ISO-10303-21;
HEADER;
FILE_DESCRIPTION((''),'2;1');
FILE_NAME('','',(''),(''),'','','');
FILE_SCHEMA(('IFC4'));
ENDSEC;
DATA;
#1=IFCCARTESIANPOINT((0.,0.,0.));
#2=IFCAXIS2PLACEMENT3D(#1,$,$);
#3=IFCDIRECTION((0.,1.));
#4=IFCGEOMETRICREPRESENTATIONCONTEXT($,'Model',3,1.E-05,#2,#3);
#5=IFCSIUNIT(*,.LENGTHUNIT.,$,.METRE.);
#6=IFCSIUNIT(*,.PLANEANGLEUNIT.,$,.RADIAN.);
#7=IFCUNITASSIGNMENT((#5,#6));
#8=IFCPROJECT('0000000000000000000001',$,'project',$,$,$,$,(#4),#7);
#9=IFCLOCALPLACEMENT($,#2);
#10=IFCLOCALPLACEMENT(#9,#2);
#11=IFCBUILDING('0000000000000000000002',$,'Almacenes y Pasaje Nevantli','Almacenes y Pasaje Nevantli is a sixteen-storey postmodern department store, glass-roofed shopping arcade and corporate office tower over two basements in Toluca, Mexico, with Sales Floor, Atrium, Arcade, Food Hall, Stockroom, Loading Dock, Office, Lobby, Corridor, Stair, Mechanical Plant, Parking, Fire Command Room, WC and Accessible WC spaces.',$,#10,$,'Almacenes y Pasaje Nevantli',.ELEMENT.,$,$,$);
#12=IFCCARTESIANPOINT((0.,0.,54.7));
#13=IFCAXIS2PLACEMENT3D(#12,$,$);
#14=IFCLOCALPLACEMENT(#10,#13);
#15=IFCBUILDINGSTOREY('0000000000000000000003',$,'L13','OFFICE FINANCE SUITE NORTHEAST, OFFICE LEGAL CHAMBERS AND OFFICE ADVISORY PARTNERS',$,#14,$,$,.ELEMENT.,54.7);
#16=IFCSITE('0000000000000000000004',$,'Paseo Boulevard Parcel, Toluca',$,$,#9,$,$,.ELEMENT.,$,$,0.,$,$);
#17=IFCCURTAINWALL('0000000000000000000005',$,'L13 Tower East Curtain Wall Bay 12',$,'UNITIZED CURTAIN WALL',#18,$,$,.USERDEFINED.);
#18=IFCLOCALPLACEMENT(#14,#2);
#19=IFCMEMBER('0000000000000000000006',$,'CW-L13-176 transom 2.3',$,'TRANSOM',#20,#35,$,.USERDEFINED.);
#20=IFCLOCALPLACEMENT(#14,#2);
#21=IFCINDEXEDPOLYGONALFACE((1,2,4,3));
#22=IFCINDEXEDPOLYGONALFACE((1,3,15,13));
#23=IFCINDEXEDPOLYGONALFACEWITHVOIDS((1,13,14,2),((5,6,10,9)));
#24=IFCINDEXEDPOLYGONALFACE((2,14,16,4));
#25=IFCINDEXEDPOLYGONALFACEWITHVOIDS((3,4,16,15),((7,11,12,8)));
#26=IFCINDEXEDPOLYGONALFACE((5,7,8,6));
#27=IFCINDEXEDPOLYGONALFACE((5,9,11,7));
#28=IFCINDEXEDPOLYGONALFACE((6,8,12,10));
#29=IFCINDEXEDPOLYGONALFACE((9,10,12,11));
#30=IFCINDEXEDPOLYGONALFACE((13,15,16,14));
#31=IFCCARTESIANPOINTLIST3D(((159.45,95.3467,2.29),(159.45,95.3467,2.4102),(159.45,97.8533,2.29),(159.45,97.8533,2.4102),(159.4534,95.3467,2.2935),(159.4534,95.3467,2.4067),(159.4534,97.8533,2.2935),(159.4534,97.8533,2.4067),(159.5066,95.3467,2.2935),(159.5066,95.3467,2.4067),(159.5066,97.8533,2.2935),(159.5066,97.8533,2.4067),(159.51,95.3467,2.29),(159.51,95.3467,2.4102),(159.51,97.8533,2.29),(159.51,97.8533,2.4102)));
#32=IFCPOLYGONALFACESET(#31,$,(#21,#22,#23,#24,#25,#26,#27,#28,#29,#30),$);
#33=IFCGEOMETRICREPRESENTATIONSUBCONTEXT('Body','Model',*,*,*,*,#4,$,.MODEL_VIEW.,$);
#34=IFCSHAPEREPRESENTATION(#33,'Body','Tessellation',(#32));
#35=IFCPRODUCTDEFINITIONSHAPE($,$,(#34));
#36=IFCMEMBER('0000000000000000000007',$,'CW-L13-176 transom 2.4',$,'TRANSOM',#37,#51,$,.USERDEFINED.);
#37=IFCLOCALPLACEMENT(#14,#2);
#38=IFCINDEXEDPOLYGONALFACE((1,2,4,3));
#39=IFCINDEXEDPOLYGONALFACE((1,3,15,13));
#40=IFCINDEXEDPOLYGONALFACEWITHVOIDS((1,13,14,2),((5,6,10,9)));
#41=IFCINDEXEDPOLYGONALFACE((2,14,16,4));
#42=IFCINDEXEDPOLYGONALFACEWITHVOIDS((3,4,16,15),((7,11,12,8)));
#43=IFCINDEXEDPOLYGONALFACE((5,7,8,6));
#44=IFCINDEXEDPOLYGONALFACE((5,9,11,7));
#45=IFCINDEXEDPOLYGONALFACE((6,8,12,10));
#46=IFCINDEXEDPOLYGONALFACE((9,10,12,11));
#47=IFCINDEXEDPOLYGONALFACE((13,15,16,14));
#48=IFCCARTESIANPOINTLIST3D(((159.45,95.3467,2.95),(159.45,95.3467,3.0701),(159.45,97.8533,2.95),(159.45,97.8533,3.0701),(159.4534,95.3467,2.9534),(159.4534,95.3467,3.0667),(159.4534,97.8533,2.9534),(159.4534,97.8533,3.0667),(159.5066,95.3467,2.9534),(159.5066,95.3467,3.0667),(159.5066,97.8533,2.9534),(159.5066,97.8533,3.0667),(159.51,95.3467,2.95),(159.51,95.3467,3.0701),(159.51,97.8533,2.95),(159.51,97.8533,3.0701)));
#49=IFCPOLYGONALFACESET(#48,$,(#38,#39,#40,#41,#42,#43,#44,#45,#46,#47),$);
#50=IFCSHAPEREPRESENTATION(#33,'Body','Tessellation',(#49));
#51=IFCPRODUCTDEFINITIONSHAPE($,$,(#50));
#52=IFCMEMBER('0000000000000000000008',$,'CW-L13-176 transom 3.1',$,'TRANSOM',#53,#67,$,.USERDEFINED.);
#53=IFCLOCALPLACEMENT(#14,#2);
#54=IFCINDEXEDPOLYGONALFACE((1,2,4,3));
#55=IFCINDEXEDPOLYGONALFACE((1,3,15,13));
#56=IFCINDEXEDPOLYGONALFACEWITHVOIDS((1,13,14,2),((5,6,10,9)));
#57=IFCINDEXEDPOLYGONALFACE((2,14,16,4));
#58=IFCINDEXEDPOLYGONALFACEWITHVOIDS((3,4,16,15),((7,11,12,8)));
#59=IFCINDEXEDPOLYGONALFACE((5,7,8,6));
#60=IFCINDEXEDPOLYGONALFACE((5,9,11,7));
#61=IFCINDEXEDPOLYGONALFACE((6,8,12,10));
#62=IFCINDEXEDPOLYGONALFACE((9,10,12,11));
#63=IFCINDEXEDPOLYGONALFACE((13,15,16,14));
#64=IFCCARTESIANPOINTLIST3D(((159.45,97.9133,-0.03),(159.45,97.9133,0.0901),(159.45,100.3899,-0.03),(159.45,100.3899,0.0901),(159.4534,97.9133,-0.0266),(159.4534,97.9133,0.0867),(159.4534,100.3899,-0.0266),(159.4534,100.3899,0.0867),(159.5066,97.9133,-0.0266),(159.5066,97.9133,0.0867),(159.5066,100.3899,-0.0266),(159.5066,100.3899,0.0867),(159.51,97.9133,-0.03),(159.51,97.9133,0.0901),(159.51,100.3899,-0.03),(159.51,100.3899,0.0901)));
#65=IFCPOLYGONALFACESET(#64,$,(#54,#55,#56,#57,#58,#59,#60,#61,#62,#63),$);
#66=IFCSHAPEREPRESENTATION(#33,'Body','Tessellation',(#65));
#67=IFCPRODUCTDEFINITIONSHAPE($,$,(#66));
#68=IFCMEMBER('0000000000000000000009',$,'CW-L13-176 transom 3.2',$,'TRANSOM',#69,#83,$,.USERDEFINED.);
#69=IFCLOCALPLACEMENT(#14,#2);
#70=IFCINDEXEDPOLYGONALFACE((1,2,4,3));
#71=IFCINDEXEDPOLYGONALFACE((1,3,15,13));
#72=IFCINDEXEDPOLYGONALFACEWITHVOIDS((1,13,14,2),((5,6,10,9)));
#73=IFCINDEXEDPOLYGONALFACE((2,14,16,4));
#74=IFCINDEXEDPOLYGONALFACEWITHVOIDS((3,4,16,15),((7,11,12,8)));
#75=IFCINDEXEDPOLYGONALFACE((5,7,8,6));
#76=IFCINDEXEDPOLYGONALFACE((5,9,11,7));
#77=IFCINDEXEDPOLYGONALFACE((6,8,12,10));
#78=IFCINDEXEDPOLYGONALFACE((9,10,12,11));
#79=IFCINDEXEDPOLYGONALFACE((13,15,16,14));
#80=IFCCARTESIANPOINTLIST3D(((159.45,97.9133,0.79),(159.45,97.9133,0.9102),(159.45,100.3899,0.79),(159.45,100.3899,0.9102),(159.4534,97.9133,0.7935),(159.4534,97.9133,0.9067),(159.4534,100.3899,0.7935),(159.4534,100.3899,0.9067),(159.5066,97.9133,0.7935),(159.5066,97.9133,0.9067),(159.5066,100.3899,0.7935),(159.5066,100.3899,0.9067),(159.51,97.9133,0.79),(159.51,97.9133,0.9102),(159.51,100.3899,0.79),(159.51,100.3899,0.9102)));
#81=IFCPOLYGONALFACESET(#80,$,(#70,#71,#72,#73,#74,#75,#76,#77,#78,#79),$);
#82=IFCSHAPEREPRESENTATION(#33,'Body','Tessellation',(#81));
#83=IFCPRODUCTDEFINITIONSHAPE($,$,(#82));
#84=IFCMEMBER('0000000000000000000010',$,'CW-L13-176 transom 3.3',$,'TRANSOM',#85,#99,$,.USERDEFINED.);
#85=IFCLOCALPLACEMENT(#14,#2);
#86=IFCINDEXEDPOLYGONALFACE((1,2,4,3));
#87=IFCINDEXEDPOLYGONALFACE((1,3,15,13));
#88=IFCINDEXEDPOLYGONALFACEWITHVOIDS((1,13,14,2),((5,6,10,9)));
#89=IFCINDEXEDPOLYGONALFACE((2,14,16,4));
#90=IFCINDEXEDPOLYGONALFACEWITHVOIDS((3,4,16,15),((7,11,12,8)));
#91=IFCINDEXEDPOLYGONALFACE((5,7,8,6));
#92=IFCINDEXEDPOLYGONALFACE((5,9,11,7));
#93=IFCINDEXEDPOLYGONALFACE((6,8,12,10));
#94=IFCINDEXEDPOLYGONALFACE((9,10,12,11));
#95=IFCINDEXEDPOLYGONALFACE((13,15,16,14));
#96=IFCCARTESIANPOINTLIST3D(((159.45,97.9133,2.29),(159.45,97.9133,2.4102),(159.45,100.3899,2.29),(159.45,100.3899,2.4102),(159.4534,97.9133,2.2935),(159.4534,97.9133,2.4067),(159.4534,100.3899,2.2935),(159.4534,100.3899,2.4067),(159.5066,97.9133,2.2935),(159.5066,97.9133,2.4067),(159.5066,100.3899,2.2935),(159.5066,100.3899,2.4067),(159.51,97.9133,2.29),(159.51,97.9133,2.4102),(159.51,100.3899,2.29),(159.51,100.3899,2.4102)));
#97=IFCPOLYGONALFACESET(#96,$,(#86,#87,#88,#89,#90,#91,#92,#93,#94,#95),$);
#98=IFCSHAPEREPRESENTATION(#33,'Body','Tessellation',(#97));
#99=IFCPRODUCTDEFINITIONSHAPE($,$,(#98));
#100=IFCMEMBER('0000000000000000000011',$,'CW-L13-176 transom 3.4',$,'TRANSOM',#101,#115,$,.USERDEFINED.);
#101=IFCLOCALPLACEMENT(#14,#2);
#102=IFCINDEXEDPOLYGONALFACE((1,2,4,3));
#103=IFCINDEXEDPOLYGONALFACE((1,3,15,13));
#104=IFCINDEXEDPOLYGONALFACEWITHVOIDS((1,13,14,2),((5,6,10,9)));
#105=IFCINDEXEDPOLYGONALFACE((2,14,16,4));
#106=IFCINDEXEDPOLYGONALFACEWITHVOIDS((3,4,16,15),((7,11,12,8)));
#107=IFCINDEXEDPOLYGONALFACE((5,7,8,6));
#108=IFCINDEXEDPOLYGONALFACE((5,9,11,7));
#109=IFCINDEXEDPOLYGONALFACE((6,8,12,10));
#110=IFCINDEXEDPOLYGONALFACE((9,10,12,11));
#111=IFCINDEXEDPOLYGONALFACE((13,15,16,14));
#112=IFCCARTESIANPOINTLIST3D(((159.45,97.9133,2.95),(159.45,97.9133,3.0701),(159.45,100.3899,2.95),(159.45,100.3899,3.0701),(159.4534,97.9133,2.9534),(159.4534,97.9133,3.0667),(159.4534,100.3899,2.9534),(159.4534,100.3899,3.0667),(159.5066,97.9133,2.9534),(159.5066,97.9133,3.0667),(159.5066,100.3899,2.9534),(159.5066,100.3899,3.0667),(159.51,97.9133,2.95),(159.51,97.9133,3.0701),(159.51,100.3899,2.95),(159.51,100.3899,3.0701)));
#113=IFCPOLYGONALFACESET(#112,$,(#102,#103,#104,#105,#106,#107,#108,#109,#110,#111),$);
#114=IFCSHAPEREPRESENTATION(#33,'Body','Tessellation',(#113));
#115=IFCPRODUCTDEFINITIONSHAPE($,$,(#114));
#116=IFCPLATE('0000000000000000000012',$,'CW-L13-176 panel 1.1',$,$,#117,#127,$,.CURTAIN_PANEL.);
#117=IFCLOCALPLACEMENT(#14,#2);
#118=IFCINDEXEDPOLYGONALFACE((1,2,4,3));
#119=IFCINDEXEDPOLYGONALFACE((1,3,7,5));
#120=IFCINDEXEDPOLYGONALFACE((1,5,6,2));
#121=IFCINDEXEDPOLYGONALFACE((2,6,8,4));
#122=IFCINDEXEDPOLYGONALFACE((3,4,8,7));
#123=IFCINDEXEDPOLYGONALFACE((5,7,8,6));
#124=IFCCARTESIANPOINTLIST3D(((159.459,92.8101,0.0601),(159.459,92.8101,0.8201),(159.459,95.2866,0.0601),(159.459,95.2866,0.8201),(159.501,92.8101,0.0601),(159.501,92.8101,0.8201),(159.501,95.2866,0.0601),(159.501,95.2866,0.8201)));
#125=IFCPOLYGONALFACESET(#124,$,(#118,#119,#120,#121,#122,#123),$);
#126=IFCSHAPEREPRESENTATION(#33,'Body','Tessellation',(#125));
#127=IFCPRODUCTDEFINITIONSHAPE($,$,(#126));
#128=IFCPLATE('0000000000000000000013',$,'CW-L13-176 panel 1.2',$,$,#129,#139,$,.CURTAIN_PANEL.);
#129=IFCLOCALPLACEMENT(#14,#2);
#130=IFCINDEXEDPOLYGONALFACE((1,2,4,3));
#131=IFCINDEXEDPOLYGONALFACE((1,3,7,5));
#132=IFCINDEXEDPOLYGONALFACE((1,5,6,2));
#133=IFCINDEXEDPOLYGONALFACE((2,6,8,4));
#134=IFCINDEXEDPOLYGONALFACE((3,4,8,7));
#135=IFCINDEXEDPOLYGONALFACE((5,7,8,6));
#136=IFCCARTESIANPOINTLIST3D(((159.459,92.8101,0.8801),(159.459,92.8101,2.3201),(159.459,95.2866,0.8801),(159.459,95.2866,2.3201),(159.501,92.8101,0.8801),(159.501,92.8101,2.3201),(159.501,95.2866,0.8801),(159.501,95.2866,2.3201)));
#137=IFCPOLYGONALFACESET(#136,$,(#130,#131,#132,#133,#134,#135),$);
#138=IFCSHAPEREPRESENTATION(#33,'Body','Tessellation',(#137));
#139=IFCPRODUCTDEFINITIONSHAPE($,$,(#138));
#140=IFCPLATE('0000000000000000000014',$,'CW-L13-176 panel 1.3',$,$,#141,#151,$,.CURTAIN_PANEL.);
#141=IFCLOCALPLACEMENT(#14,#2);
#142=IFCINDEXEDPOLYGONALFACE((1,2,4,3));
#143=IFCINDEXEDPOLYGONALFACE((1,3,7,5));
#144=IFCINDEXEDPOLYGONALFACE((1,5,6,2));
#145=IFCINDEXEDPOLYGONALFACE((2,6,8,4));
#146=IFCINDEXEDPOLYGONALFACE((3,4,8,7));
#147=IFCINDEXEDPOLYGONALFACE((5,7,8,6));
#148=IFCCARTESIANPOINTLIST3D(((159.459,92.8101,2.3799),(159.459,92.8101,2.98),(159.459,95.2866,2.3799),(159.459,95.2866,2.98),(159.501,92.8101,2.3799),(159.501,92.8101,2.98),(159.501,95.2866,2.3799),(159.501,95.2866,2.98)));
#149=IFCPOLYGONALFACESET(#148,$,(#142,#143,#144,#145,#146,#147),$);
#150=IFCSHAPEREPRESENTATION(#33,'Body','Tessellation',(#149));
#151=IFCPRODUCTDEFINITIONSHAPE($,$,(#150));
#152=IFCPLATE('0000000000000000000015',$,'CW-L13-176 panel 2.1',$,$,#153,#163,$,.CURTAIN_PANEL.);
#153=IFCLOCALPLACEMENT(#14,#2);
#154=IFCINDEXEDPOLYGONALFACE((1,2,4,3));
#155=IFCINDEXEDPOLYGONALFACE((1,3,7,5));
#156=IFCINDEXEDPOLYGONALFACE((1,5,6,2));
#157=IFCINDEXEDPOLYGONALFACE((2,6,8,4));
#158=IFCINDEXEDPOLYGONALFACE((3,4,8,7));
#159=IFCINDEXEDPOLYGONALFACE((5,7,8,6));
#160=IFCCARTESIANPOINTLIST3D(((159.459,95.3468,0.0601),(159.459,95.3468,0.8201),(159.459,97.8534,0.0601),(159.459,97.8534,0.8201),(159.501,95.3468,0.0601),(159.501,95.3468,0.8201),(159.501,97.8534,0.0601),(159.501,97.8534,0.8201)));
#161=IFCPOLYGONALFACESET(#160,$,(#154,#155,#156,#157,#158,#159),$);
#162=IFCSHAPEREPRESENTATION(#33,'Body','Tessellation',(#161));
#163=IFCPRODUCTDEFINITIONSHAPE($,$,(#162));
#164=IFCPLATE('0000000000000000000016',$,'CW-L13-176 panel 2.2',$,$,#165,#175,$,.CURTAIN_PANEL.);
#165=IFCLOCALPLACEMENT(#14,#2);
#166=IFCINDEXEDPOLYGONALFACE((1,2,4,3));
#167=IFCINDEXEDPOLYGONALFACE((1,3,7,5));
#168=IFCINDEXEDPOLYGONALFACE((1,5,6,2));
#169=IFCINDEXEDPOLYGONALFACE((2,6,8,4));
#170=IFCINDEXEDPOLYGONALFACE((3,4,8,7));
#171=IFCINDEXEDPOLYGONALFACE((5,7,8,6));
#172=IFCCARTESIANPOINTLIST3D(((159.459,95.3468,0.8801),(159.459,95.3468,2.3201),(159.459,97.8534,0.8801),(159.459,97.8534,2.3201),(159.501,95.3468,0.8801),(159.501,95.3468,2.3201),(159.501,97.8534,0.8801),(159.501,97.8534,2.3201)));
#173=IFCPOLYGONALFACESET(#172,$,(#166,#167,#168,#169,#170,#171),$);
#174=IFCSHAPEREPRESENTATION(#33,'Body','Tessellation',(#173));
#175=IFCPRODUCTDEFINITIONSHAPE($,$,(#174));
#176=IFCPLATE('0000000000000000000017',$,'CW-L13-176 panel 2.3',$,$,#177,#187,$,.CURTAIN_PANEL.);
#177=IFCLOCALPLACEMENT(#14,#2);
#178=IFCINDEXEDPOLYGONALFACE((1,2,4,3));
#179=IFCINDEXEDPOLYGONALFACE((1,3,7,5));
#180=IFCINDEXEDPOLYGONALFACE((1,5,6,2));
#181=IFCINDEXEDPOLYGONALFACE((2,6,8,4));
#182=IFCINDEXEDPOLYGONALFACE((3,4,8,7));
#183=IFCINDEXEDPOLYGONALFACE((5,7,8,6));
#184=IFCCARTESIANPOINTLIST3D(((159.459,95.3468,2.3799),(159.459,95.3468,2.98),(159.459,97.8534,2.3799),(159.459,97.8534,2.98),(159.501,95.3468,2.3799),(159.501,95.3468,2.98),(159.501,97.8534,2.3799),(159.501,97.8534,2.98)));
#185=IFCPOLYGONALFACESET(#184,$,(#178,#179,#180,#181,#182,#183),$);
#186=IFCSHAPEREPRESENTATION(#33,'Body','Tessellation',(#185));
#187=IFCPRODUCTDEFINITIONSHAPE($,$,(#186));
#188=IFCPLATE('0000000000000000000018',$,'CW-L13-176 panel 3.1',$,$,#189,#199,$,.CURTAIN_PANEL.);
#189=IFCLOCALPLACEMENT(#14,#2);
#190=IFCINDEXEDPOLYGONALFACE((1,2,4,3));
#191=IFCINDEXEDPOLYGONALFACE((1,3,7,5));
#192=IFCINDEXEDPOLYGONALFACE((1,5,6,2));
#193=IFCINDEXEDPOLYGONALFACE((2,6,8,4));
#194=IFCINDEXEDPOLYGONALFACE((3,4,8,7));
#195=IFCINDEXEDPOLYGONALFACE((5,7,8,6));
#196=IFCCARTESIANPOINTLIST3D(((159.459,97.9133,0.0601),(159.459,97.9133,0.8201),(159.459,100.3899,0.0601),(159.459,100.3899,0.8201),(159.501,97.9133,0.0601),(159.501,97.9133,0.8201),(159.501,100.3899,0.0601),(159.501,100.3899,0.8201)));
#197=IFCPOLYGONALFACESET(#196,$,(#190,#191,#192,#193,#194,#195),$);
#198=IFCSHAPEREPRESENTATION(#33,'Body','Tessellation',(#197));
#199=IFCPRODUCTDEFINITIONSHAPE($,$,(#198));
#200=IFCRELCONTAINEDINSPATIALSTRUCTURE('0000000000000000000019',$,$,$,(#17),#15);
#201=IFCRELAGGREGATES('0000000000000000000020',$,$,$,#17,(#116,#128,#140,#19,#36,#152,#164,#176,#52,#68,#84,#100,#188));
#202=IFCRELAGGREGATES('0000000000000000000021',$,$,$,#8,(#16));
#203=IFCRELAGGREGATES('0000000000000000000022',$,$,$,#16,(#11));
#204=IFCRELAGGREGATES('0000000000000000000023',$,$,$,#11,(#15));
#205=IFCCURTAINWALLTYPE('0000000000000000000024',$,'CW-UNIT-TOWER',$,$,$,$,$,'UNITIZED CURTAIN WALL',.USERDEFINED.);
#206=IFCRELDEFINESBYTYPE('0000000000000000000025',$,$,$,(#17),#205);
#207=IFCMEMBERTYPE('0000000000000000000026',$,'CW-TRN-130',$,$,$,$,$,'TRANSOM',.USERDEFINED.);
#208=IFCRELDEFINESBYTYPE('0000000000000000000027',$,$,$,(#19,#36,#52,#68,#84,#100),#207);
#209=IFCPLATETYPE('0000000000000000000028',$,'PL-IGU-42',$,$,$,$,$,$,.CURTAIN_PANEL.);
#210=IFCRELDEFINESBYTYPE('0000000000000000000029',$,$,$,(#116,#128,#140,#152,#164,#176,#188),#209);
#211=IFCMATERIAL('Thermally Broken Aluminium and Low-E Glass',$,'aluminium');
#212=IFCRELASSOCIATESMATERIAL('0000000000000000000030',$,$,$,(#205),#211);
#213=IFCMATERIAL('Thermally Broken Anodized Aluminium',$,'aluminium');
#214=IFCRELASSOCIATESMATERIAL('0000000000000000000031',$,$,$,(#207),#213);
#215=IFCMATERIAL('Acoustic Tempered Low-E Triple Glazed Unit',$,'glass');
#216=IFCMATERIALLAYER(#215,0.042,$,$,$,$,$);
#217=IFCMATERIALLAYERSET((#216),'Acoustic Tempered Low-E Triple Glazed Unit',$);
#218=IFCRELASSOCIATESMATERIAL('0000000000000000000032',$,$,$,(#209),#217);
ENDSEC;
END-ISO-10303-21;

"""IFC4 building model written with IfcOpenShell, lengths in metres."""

from ifc_helpers import new_model, si_unit, direction, frame, origin, origin_2d, place, context, subcontext, project, spatial, rectangle, hollow_rectangle, extrude, material, layer, layer_set, material_profile, profile_set, type_object, element, aggregate, save


model = new_model("IFC4")

# Units and contexts
model_context = context("Model", 3, precision=1e-05, world=origin(), true_north=direction((0.0, 1.0)))
body_context = subcontext(model_context, "Body", "Model", "MODEL_VIEW")
ifc_project = project(units=[si_unit("LENGTHUNIT", "METRE"), si_unit("PLANEANGLEUNIT", "RADIAN")], contexts=[model_context])

# Site, building, storey
site_placement = place(None, origin())
site = spatial("IfcSite", under=ifc_project, at=site_placement, Name="Paseo Boulevard Parcel, Toluca", CompositionType="ELEMENT", RefElevation=0.0)
building_placement = place(site_placement, origin())
building = spatial("IfcBuilding", under=site, at=building_placement, Name="Almacenes y Pasaje Nevantli", Description="Almacenes y Pasaje Nevantli is a sixteen-storey postmodern department store, glass-roofed shopping arcade and corporate office tower over two basements in Toluca, Mexico, with Sales Floor, Atrium, Arcade, Food Hall, Stockroom, Loading Dock, Office, Lobby, Corridor, Stair, Mechanical Plant, Parking, Fire Command Room, WC and Accessible WC spaces.", LongName="Almacenes y Pasaje Nevantli", CompositionType="ELEMENT")
storey_placement = place(building_placement, frame((0.0, 0.0, 54.7)))
storey = spatial("IfcBuildingStorey", under=building, at=storey_placement, Name="L13", Description="OFFICE FINANCE SUITE NORTHEAST, OFFICE LEGAL CHAMBERS AND OFFICE ADVISORY PARTNERS", CompositionType="ELEMENT", Elevation=54.7)

# Curtain wall, members, plates
ifc_material_1 = material(Name="Thermally Broken Aluminium and Low-E Glass", Category="aluminium")
curtain_wall_type = type_object("IfcCurtainWallType", Name="CW-UNIT-TOWER", ElementType="UNITIZED CURTAIN WALL", PredefinedType="USERDEFINED", material=ifc_material_1)
curtain_wall_placement = place(storey_placement, origin())
curtain_wall = element("IfcCurtainWall", 1, at=curtain_wall_placement, inside=storey, type_object=curtain_wall_type, Name="L13 Tower East Curtain Wall Bay 12", ObjectType="UNITIZED CURTAIN WALL", PredefinedType="USERDEFINED")
ifc_material_2 = material(Name="Thermally Broken Anodized Aluminium", Category="aluminium")
ifc_material_profile_1 = material_profile(ifc_material_2, hollow_rectangle(XDim=0.0601, YDim=0.1201, WallThickness=0.0034, at=origin_2d()), Name="ALU-TRN-60x120")
ifc_profile_set_1 = profile_set([ifc_material_profile_1], Name="Thermally Broken Anodized Aluminium")
member_type_1 = type_object("IfcMemberType", Name="CW-TRN-130", ElementType="TRANSOM", PredefinedType="USERDEFINED", material=ifc_profile_set_1)
member_1_placement = place(storey_placement, frame((159.48, 95.3467, 2.3501), z_axis=(0.0, 1.0, 0.0), x_axis=(-1.0, 0.0, 0.0)))
member_1 = element("IfcMember", 2, at=member_1_placement, type_object=member_type_1, Name="CW-L13-176 transom 2.3", ObjectType="TRANSOM", PredefinedType="USERDEFINED", context=body_context, shape_type="SweptSolid", body=[
    extrude(hollow_rectangle(XDim=0.0601, YDim=0.1201, WallThickness=0.0034, at=origin_2d()), origin(), (0.0, 0.0, 1.0), 2.5066),
])
member_2_placement = place(storey_placement, frame((159.48, 95.3467, 3.01), z_axis=(0.0, 1.0, 0.0), x_axis=(-1.0, 0.0, 0.0)))
member_2 = element("IfcMember", 3, at=member_2_placement, type_object=member_type_1, Name="CW-L13-176 transom 2.4", ObjectType="TRANSOM", PredefinedType="USERDEFINED", context=body_context, shape_type="SweptSolid", body=[
    extrude(hollow_rectangle(XDim=0.0601, YDim=0.1201, WallThickness=0.0034, at=origin_2d()), origin(), (0.0, 0.0, 1.0), 2.5066),
])
member_3_placement = place(storey_placement, frame((159.48, 97.9133, 0.03), z_axis=(0.0, 1.0, 0.0), x_axis=(-1.0, 0.0, 0.0)))
member_3 = element("IfcMember", 4, at=member_3_placement, type_object=member_type_1, Name="CW-L13-176 transom 3.1", ObjectType="TRANSOM", PredefinedType="USERDEFINED", context=body_context, shape_type="SweptSolid", body=[
    extrude(hollow_rectangle(XDim=0.0601, YDim=0.1201, WallThickness=0.0034, at=origin_2d()), origin(), (0.0, 0.0, 1.0), 2.4766),
])
member_4_placement = place(storey_placement, frame((159.48, 97.9133, 0.8501), z_axis=(0.0, 1.0, 0.0), x_axis=(-1.0, 0.0, 0.0)))
member_4 = element("IfcMember", 5, at=member_4_placement, type_object=member_type_1, Name="CW-L13-176 transom 3.2", ObjectType="TRANSOM", PredefinedType="USERDEFINED", context=body_context, shape_type="SweptSolid", body=[
    extrude(hollow_rectangle(XDim=0.0601, YDim=0.1201, WallThickness=0.0034, at=origin_2d()), origin(), (0.0, 0.0, 1.0), 2.4766),
])
member_5_placement = place(storey_placement, frame((159.48, 97.9133, 2.3501), z_axis=(0.0, 1.0, 0.0), x_axis=(-1.0, 0.0, 0.0)))
member_5 = element("IfcMember", 6, at=member_5_placement, type_object=member_type_1, Name="CW-L13-176 transom 3.3", ObjectType="TRANSOM", PredefinedType="USERDEFINED", context=body_context, shape_type="SweptSolid", body=[
    extrude(hollow_rectangle(XDim=0.0601, YDim=0.1201, WallThickness=0.0034, at=origin_2d()), origin(), (0.0, 0.0, 1.0), 2.4766),
])
member_6_placement = place(storey_placement, frame((159.48, 97.9133, 3.01), z_axis=(0.0, 1.0, 0.0), x_axis=(-1.0, 0.0, 0.0)))
member_6 = element("IfcMember", 7, at=member_6_placement, type_object=member_type_1, Name="CW-L13-176 transom 3.4", ObjectType="TRANSOM", PredefinedType="USERDEFINED", context=body_context, shape_type="SweptSolid", body=[
    extrude(hollow_rectangle(XDim=0.0601, YDim=0.1201, WallThickness=0.0034, at=origin_2d()), origin(), (0.0, 0.0, 1.0), 2.4766),
])
ifc_material_3 = material(Name="Acoustic Tempered Low-E Triple Glazed Unit", Category="glass")
ifc_layer = layer(ifc_material_3, 0.042)
ifc_layer_set = layer_set([ifc_layer], Name="Acoustic Tempered Low-E Triple Glazed Unit")
plate_type = type_object("IfcPlateType", Name="PL-IGU-42", PredefinedType="CURTAIN_PANEL", material=ifc_layer_set)
plate_1_placement = place(storey_placement, frame((159.48, 94.0483, 0.0601), z_axis=(0.0, 0.0, 1.0), x_axis=(0.0, 1.0, 0.0)))
plate_1 = element("IfcPlate", 8, at=plate_1_placement, type_object=plate_type, Name="CW-L13-176 panel 1.1", PredefinedType="CURTAIN_PANEL", context=body_context, shape_type="SweptSolid", body=[
    extrude(rectangle(XDim=2.4766, YDim=0.042, at=origin_2d()), origin(), (0.0, 0.0, 1.0), 0.76),
])
plate_2_placement = place(storey_placement, frame((159.48, 94.0483, 0.8801), z_axis=(0.0, 0.0, 1.0), x_axis=(0.0, 1.0, 0.0)))
plate_2 = element("IfcPlate", 9, at=plate_2_placement, type_object=plate_type, Name="CW-L13-176 panel 1.2", PredefinedType="CURTAIN_PANEL", context=body_context, shape_type="SweptSolid", body=[
    extrude(rectangle(XDim=2.4766, YDim=0.042, at=origin_2d()), origin(), (0.0, 0.0, 1.0), 1.4399),
])
plate_3_placement = place(storey_placement, frame((159.48, 94.0483, 2.3799), z_axis=(0.0, 0.0, 1.0), x_axis=(0.0, 1.0, 0.0)))
plate_3 = element("IfcPlate", 10, at=plate_3_placement, type_object=plate_type, Name="CW-L13-176 panel 1.3", PredefinedType="CURTAIN_PANEL", context=body_context, shape_type="SweptSolid", body=[
    extrude(rectangle(XDim=2.4766, YDim=0.042, at=origin_2d()), origin(), (0.0, 0.0, 1.0), 0.6001),
])
plate_4_placement = place(storey_placement, frame((159.48, 96.6001, 0.0601), z_axis=(0.0, 0.0, 1.0), x_axis=(0.0, 1.0, 0.0)))
plate_4 = element("IfcPlate", 11, at=plate_4_placement, type_object=plate_type, Name="CW-L13-176 panel 2.1", PredefinedType="CURTAIN_PANEL", context=body_context, shape_type="SweptSolid", body=[
    extrude(rectangle(XDim=2.5066, YDim=0.042, at=origin_2d()), origin(), (0.0, 0.0, 1.0), 0.76),
])
plate_5_placement = place(storey_placement, frame((159.48, 96.6001, 0.8801), z_axis=(0.0, 0.0, 1.0), x_axis=(0.0, 1.0, 0.0)))
plate_5 = element("IfcPlate", 12, at=plate_5_placement, type_object=plate_type, Name="CW-L13-176 panel 2.2", PredefinedType="CURTAIN_PANEL", context=body_context, shape_type="SweptSolid", body=[
    extrude(rectangle(XDim=2.5066, YDim=0.042, at=origin_2d()), origin(), (0.0, 0.0, 1.0), 1.4399),
])
plate_6_placement = place(storey_placement, frame((159.48, 96.6001, 2.3799), z_axis=(0.0, 0.0, 1.0), x_axis=(0.0, 1.0, 0.0)))
plate_6 = element("IfcPlate", 13, at=plate_6_placement, type_object=plate_type, Name="CW-L13-176 panel 2.3", PredefinedType="CURTAIN_PANEL", context=body_context, shape_type="SweptSolid", body=[
    extrude(rectangle(XDim=2.5066, YDim=0.042, at=origin_2d()), origin(), (0.0, 0.0, 1.0), 0.6001),
])
plate_7_placement = place(storey_placement, frame((159.48, 99.1516, 0.0601), z_axis=(0.0, 0.0, 1.0), x_axis=(0.0, 1.0, 0.0)))
plate_7 = element("IfcPlate", 14, at=plate_7_placement, type_object=plate_type, Name="CW-L13-176 panel 3.1", PredefinedType="CURTAIN_PANEL", context=body_context, shape_type="SweptSolid", body=[
    extrude(rectangle(XDim=2.4766, YDim=0.042, at=origin_2d()), origin(), (0.0, 0.0, 1.0), 0.76),
])
aggregate(curtain_wall, [plate_1, plate_2, plate_3, member_1, member_2, plate_4, plate_5, plate_6, member_3, member_4, member_5, member_6, plate_7])

save(model, "model.ifc")
